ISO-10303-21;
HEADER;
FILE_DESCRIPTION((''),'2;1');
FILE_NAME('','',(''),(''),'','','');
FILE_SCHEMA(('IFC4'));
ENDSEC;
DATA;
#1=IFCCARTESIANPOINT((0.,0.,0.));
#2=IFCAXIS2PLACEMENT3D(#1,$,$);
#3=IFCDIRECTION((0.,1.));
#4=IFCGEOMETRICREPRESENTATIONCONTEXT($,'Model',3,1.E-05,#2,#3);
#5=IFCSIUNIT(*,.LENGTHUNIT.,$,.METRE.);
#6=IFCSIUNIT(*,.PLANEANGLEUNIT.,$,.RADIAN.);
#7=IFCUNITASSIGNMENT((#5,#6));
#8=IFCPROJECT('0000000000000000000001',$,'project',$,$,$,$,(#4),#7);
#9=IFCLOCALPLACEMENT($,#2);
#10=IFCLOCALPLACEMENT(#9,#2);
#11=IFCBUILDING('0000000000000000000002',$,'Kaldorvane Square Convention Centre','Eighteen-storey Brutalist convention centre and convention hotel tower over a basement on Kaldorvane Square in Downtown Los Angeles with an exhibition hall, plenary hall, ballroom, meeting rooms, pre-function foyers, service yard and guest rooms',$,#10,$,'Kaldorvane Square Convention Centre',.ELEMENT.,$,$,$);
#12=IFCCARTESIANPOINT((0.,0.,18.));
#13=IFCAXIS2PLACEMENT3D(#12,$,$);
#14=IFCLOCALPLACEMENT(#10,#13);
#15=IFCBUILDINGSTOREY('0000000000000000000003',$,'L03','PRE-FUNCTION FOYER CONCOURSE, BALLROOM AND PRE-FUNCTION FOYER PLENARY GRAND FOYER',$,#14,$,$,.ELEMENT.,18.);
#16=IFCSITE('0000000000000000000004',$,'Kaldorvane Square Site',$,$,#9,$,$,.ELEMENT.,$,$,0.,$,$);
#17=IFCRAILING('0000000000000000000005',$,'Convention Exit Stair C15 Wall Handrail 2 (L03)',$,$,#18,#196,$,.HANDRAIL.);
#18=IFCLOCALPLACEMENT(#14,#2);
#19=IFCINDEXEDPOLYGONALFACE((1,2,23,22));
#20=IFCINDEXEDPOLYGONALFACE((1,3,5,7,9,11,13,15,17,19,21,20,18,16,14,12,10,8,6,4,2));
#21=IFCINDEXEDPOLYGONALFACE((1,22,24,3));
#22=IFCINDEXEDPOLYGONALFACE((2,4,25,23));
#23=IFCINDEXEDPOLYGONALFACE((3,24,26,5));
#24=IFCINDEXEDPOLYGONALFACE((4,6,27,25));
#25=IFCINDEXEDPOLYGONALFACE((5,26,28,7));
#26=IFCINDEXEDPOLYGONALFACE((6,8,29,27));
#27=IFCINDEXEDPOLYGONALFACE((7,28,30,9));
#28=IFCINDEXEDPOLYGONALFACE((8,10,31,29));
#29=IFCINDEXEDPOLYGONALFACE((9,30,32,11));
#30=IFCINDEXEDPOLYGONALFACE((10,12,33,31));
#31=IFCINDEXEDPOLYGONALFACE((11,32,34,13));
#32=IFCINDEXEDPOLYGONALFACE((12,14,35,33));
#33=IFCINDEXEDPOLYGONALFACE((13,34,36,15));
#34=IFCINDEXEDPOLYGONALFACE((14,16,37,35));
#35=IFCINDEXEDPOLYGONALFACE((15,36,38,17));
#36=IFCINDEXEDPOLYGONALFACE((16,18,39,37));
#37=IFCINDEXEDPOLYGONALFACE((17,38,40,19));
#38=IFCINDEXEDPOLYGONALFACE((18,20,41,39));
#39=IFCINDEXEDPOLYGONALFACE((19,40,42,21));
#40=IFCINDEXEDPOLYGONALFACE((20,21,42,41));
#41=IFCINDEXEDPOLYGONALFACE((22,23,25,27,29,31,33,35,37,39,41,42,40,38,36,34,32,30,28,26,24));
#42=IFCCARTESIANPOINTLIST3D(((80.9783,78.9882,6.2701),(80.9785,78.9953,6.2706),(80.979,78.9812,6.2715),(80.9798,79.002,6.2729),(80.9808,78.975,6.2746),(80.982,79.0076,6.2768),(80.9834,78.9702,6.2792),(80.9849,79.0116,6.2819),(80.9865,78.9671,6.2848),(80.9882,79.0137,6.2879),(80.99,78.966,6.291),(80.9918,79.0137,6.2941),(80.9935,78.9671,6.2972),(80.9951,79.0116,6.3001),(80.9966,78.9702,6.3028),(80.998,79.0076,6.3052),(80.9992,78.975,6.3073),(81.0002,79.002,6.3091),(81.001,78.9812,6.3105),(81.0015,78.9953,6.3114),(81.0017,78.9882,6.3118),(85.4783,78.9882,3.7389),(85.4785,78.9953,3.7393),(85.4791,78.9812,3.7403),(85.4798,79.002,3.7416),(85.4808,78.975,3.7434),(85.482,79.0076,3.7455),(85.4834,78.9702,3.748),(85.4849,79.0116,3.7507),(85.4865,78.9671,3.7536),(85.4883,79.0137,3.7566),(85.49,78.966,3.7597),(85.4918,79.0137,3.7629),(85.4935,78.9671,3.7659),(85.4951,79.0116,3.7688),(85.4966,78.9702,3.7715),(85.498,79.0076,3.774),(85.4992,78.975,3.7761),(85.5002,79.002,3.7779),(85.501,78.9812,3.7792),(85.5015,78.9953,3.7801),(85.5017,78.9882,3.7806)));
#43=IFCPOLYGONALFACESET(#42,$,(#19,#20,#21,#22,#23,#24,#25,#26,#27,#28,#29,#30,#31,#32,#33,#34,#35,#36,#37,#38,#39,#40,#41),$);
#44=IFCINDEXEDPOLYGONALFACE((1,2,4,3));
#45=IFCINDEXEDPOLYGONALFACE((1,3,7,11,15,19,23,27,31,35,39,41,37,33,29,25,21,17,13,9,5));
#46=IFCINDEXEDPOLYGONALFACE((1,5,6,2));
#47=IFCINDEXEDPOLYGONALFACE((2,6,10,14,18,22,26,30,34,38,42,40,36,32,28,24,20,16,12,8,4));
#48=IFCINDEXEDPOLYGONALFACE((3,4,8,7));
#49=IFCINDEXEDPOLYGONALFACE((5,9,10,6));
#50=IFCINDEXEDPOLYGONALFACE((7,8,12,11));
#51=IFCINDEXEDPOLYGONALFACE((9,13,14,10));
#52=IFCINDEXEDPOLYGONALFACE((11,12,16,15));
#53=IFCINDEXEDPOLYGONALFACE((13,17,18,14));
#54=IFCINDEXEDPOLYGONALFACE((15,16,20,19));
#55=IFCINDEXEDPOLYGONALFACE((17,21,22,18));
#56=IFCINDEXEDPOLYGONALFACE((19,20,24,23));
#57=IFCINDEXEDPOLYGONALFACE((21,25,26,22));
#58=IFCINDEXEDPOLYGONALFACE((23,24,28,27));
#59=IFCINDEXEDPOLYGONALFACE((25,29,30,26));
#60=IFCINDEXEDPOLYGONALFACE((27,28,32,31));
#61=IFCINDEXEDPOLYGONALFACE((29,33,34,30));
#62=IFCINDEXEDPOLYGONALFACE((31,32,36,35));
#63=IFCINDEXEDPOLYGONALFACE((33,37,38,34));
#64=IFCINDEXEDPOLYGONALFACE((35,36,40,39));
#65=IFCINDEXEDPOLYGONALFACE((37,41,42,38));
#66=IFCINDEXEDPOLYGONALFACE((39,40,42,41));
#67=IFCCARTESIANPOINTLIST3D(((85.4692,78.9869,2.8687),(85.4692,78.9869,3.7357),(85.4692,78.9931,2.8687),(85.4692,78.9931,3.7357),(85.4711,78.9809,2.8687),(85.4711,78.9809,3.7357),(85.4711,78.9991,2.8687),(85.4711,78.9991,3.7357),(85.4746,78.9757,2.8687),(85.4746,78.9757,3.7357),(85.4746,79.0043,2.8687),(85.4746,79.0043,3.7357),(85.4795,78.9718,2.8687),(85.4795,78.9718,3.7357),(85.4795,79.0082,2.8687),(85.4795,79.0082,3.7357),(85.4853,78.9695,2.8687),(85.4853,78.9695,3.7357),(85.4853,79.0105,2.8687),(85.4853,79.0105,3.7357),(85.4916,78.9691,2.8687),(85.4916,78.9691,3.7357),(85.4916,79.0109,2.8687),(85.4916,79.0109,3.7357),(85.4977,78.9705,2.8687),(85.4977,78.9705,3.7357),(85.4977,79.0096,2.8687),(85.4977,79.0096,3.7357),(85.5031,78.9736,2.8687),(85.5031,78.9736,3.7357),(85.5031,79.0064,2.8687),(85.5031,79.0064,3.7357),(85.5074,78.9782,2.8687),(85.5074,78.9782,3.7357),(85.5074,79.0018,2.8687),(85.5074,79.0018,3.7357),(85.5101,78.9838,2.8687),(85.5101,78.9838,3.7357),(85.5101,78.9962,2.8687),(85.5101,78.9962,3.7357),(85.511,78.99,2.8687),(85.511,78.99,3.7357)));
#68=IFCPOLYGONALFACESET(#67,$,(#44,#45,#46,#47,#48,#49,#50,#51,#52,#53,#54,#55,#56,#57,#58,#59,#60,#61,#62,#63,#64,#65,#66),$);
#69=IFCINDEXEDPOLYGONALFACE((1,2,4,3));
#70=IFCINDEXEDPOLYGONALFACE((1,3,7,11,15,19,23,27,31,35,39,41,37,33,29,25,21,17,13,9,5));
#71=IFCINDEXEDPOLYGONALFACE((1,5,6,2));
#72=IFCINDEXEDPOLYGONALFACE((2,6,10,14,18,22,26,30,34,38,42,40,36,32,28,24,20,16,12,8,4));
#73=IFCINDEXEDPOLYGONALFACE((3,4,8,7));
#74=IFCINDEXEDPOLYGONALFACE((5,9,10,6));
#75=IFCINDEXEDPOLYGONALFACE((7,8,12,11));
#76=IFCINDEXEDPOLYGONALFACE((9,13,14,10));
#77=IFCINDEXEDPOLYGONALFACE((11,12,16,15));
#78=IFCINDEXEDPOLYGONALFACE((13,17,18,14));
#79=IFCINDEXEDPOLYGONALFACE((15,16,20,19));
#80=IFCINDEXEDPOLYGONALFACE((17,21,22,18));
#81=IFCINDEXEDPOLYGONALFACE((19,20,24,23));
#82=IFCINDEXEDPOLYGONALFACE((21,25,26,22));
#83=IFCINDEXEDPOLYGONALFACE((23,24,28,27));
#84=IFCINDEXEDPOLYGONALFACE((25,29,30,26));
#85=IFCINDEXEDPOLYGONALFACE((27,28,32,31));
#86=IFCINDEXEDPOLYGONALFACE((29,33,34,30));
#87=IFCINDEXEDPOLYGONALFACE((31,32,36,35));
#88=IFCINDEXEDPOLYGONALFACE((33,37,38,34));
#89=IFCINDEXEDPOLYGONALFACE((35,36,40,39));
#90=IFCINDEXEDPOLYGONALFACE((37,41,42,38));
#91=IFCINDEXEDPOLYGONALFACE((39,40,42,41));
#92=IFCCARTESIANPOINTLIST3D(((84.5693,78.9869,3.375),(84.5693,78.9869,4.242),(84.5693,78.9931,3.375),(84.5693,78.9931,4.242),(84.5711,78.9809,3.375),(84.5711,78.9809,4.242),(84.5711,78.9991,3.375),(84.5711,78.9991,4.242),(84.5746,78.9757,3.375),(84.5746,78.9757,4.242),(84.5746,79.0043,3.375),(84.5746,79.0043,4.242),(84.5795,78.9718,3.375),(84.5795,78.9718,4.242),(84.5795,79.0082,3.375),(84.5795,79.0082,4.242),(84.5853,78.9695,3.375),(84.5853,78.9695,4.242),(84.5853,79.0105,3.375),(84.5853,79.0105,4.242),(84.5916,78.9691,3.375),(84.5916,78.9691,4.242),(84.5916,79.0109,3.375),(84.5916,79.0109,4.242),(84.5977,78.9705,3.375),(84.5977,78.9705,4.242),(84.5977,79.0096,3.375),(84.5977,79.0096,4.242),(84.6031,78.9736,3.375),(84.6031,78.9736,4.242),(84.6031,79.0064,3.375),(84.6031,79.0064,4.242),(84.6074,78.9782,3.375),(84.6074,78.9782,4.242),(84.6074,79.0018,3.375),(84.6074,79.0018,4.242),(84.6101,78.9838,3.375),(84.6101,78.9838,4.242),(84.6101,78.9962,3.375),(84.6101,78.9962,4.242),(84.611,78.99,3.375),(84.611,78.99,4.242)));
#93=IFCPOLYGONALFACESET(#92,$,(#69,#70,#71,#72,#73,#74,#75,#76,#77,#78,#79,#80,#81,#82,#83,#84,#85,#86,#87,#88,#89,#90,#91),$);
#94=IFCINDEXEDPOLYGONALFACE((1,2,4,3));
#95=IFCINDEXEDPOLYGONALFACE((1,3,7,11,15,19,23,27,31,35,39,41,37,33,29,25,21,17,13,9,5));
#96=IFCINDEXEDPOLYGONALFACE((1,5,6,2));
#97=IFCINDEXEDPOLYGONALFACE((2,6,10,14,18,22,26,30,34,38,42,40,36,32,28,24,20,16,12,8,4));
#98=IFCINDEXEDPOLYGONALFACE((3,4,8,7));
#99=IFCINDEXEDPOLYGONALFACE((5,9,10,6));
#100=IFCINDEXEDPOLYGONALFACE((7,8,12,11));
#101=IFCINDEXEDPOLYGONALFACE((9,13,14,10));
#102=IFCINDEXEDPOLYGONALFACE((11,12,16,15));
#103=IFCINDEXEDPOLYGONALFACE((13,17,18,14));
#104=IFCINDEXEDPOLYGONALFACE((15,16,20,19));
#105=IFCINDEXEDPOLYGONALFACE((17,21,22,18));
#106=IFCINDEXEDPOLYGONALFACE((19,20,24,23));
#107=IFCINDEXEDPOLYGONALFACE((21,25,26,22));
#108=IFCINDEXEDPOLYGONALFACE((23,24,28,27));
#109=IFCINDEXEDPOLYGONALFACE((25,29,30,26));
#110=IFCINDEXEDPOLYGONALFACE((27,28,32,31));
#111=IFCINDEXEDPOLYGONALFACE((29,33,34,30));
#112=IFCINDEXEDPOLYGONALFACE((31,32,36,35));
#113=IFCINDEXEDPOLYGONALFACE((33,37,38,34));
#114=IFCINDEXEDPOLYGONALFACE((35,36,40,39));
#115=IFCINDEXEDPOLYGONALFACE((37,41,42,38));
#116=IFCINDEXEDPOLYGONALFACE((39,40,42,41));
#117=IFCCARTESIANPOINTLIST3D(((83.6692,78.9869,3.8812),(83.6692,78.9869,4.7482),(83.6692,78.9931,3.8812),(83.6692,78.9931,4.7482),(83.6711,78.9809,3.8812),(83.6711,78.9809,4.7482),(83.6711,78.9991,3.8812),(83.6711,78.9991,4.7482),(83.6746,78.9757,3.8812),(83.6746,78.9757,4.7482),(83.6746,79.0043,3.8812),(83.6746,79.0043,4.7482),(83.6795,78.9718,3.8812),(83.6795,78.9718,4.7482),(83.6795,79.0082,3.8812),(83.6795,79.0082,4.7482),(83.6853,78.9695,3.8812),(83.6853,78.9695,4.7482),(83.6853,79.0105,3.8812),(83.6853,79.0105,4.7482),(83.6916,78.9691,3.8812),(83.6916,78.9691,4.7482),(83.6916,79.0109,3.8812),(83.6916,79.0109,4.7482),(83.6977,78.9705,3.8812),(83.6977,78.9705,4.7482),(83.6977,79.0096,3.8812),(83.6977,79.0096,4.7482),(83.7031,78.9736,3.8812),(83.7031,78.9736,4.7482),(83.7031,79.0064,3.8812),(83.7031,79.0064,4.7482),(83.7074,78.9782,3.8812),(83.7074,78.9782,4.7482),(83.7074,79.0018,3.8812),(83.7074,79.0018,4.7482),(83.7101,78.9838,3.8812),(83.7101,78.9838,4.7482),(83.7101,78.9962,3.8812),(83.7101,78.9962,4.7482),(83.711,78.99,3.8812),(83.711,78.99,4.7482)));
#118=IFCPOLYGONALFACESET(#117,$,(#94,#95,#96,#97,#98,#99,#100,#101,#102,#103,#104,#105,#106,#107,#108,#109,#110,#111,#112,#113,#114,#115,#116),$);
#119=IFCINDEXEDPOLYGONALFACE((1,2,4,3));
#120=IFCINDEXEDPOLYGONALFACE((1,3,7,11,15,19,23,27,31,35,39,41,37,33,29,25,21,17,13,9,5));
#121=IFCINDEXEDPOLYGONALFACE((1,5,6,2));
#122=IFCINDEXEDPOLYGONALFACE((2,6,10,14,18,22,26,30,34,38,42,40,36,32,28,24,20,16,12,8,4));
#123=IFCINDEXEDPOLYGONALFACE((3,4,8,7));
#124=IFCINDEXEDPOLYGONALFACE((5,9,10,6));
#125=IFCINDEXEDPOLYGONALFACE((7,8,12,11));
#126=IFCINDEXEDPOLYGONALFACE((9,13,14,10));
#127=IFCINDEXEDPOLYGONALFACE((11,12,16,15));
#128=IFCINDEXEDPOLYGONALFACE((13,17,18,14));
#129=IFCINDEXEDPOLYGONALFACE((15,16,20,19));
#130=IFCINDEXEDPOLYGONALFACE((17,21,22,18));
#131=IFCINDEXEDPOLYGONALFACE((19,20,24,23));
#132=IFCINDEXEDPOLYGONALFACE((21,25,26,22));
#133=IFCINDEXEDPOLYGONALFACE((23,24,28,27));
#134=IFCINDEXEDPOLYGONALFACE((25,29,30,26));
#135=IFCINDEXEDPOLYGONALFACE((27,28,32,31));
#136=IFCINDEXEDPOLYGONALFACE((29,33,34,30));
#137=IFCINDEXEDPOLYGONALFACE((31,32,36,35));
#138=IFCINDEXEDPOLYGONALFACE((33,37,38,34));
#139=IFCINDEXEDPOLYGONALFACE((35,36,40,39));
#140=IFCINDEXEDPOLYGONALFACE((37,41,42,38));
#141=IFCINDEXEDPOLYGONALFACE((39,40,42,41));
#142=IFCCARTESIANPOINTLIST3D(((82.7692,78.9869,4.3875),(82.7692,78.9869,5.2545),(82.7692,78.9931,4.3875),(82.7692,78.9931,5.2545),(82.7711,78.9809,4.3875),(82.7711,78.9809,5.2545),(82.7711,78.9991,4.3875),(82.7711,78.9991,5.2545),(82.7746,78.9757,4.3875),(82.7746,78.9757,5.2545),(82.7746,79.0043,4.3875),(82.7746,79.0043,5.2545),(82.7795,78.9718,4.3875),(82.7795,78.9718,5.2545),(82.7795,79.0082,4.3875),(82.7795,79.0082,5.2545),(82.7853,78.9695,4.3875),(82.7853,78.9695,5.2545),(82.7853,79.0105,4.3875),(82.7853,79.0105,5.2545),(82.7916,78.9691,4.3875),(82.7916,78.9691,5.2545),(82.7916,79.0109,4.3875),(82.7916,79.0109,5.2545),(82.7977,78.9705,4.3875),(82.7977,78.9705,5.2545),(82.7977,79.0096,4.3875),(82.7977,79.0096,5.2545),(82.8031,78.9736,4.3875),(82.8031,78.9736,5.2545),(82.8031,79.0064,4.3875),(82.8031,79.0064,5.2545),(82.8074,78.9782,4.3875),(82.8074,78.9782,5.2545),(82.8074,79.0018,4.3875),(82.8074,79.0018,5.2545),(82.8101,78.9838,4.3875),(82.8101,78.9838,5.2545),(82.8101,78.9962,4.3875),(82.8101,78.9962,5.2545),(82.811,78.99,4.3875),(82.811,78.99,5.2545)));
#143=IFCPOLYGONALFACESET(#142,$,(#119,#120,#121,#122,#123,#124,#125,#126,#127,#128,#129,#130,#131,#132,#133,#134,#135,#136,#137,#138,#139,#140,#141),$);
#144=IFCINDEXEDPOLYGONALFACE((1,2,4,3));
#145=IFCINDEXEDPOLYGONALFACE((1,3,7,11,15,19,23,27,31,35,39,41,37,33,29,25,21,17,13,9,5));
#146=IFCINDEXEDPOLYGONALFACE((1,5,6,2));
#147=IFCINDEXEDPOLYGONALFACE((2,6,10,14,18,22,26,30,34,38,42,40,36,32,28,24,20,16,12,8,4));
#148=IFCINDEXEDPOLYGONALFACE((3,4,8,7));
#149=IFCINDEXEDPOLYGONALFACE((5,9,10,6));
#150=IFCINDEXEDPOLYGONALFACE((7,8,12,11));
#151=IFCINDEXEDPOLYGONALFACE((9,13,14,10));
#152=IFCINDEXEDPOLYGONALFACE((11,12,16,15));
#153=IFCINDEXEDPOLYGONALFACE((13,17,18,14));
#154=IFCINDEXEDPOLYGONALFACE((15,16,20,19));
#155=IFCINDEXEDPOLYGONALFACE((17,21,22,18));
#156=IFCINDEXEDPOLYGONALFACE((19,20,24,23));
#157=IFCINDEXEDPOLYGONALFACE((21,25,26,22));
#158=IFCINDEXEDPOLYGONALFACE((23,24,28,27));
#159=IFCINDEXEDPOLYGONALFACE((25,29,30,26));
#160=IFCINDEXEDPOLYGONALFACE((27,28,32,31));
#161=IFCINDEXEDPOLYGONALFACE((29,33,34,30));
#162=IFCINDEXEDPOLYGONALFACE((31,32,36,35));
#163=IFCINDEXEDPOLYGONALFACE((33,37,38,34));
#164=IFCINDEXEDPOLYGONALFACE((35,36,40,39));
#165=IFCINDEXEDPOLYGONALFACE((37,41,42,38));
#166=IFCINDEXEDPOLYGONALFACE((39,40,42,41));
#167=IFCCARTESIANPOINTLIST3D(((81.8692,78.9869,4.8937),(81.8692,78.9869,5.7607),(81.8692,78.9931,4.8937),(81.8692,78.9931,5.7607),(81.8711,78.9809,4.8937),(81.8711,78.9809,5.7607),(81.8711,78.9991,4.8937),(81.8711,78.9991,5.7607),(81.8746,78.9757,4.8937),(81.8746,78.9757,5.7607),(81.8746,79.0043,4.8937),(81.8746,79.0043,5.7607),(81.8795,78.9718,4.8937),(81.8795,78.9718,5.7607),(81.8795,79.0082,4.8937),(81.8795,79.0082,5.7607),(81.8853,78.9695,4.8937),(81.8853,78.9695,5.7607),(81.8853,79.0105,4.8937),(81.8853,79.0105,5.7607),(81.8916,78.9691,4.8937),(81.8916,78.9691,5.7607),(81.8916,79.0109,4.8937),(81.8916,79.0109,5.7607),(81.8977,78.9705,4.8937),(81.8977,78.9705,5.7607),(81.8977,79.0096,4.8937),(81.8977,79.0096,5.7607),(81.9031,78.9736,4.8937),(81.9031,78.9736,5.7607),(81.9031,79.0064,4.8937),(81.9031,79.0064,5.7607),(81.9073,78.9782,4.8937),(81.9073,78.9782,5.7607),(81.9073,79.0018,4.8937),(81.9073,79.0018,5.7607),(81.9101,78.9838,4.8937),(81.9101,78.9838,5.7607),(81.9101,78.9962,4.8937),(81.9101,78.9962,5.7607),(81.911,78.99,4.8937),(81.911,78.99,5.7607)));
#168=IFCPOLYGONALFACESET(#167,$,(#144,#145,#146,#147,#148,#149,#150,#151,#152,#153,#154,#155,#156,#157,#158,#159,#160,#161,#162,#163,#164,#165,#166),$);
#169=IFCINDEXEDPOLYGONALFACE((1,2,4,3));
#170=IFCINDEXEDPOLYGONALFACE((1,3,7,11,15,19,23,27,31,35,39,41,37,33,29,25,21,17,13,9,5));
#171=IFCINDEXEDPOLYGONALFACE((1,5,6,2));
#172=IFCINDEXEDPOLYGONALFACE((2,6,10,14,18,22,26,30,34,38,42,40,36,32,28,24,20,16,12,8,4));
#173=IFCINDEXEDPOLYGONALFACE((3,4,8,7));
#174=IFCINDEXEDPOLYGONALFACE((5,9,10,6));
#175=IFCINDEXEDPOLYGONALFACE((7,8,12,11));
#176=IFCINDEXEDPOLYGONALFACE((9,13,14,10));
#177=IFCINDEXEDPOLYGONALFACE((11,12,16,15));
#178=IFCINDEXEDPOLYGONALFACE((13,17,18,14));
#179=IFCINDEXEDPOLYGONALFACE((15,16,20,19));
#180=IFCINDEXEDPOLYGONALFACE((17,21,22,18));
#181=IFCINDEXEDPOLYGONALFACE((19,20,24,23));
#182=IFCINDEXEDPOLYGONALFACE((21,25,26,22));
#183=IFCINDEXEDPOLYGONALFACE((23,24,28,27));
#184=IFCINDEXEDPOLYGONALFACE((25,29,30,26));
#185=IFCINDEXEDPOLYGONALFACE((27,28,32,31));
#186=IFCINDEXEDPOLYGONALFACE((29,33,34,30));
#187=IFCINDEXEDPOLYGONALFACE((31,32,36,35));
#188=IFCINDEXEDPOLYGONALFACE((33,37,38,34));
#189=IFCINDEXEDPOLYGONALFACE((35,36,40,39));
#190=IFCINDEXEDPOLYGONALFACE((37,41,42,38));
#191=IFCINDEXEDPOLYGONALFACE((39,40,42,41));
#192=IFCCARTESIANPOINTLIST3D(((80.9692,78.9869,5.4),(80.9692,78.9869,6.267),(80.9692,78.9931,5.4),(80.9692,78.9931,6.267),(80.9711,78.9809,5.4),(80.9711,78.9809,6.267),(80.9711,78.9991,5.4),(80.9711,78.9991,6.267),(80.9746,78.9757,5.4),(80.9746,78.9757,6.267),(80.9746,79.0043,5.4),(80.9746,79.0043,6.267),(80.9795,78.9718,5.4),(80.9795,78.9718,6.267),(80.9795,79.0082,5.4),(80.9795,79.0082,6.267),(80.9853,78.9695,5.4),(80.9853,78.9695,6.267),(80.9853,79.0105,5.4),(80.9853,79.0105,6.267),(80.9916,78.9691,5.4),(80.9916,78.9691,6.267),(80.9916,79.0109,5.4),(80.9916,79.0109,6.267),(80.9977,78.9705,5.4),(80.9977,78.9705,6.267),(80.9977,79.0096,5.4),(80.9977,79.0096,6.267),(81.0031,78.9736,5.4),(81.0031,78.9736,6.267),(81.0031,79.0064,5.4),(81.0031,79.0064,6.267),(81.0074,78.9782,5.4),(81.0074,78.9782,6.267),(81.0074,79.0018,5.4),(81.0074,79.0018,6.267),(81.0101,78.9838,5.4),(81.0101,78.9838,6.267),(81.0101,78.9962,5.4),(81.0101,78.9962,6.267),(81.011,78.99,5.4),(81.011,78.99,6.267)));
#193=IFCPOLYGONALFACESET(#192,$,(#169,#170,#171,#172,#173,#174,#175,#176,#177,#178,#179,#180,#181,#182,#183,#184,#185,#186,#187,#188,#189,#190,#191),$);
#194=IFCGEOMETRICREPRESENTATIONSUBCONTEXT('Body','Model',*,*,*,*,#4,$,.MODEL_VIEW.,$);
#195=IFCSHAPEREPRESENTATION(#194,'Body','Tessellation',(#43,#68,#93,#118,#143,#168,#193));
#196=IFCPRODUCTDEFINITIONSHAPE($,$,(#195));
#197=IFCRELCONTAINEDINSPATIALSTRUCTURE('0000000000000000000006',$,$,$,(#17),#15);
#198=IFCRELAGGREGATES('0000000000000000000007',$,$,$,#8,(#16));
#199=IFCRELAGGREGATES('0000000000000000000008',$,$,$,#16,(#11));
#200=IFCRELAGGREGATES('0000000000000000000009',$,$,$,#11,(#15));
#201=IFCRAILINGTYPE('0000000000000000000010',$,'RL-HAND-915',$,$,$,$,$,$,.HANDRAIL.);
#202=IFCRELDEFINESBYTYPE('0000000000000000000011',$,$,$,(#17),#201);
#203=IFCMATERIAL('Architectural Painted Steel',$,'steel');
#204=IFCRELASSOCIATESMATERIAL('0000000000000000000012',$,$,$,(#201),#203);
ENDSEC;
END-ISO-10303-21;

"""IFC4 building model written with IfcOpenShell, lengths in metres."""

from ifc_helpers import new_model, si_unit, direction, frame, origin, origin_2d, place, context, subcontext, project, spatial, circle, extrude, material, type_object, element, save


model = new_model("IFC4")

# Units and contexts
model_context = context("Model", 3, precision=1e-05, world=origin(), true_north=direction((0.0, 1.0)))
body_context = subcontext(model_context, "Body", "Model", "MODEL_VIEW")
ifc_project = project(units=[si_unit("LENGTHUNIT", "METRE"), si_unit("PLANEANGLEUNIT", "RADIAN")], contexts=[model_context])

# Site, building, storey
site_placement = place(None, origin())
site = spatial("IfcSite", under=ifc_project, at=site_placement, Name="Kaldorvane Square Site", CompositionType="ELEMENT", RefElevation=0.0)
building_placement = place(site_placement, origin())
building = spatial("IfcBuilding", under=site, at=building_placement, Name="Kaldorvane Square Convention Centre", Description="Eighteen-storey Brutalist convention centre and convention hotel tower over a basement on Kaldorvane Square in Downtown Los Angeles with an exhibition hall, plenary hall, ballroom, meeting rooms, pre-function foyers, service yard and guest rooms", LongName="Kaldorvane Square Convention Centre", CompositionType="ELEMENT")
storey_placement = place(building_placement, frame((0.0, 0.0, 18.0)))
storey = spatial("IfcBuildingStorey", under=building, at=storey_placement, Name="L03", Description="PRE-FUNCTION FOYER CONCOURSE, BALLROOM AND PRE-FUNCTION FOYER PLENARY GRAND FOYER", CompositionType="ELEMENT", Elevation=18.0)

# Railing
ifc_material_1 = material(Name="Architectural Painted Steel", Category="steel")
railing_type = type_object("IfcRailingType", Name="RL-HAND-915", PredefinedType="HANDRAIL", material=ifc_material_1)
railing_placement = place(storey_placement, frame((85.49, 78.99, 2.8687)))
element("IfcRailing", 1, at=railing_placement, inside=storey, type_object=railing_type, Name="Convention Exit Stair C15 Wall Handrail 2 (L03)", PredefinedType="HANDRAIL", context=body_context, shape_type="SweptSolid", body=[
    extrude(circle(Radius=0.024, at=origin_2d()), frame((0.0, 0.0, 0.891), z_axis=(-0.871576, 0.0, 0.490261), x_axis=(0.0, -1.0, 0.0)), (0.0, 0.0, 1.0), 5.1631),
    extrude(circle(Radius=0.021, at=origin_2d()), origin(), (0.0, 0.0, 1.0), 0.867),
    extrude(circle(Radius=0.021, at=origin_2d()), frame((-0.9, 0.0, 0.5063)), (0.0, 0.0, 1.0), 0.867),
    extrude(circle(Radius=0.021, at=origin_2d()), frame((-1.8, 0.0, 1.0125)), (0.0, 0.0, 1.0), 0.867),
    extrude(circle(Radius=0.021, at=origin_2d()), frame((-2.7, 0.0, 1.5188)), (0.0, 0.0, 1.0), 0.867),
    extrude(circle(Radius=0.021, at=origin_2d()), frame((-3.6, 0.0, 2.025)), (0.0, 0.0, 1.0), 0.867),
    extrude(circle(Radius=0.021, at=origin_2d()), frame((-4.5, 0.0, 2.5312)), (0.0, 0.0, 1.0), 0.867),
])

save(model, "model.ifc")
